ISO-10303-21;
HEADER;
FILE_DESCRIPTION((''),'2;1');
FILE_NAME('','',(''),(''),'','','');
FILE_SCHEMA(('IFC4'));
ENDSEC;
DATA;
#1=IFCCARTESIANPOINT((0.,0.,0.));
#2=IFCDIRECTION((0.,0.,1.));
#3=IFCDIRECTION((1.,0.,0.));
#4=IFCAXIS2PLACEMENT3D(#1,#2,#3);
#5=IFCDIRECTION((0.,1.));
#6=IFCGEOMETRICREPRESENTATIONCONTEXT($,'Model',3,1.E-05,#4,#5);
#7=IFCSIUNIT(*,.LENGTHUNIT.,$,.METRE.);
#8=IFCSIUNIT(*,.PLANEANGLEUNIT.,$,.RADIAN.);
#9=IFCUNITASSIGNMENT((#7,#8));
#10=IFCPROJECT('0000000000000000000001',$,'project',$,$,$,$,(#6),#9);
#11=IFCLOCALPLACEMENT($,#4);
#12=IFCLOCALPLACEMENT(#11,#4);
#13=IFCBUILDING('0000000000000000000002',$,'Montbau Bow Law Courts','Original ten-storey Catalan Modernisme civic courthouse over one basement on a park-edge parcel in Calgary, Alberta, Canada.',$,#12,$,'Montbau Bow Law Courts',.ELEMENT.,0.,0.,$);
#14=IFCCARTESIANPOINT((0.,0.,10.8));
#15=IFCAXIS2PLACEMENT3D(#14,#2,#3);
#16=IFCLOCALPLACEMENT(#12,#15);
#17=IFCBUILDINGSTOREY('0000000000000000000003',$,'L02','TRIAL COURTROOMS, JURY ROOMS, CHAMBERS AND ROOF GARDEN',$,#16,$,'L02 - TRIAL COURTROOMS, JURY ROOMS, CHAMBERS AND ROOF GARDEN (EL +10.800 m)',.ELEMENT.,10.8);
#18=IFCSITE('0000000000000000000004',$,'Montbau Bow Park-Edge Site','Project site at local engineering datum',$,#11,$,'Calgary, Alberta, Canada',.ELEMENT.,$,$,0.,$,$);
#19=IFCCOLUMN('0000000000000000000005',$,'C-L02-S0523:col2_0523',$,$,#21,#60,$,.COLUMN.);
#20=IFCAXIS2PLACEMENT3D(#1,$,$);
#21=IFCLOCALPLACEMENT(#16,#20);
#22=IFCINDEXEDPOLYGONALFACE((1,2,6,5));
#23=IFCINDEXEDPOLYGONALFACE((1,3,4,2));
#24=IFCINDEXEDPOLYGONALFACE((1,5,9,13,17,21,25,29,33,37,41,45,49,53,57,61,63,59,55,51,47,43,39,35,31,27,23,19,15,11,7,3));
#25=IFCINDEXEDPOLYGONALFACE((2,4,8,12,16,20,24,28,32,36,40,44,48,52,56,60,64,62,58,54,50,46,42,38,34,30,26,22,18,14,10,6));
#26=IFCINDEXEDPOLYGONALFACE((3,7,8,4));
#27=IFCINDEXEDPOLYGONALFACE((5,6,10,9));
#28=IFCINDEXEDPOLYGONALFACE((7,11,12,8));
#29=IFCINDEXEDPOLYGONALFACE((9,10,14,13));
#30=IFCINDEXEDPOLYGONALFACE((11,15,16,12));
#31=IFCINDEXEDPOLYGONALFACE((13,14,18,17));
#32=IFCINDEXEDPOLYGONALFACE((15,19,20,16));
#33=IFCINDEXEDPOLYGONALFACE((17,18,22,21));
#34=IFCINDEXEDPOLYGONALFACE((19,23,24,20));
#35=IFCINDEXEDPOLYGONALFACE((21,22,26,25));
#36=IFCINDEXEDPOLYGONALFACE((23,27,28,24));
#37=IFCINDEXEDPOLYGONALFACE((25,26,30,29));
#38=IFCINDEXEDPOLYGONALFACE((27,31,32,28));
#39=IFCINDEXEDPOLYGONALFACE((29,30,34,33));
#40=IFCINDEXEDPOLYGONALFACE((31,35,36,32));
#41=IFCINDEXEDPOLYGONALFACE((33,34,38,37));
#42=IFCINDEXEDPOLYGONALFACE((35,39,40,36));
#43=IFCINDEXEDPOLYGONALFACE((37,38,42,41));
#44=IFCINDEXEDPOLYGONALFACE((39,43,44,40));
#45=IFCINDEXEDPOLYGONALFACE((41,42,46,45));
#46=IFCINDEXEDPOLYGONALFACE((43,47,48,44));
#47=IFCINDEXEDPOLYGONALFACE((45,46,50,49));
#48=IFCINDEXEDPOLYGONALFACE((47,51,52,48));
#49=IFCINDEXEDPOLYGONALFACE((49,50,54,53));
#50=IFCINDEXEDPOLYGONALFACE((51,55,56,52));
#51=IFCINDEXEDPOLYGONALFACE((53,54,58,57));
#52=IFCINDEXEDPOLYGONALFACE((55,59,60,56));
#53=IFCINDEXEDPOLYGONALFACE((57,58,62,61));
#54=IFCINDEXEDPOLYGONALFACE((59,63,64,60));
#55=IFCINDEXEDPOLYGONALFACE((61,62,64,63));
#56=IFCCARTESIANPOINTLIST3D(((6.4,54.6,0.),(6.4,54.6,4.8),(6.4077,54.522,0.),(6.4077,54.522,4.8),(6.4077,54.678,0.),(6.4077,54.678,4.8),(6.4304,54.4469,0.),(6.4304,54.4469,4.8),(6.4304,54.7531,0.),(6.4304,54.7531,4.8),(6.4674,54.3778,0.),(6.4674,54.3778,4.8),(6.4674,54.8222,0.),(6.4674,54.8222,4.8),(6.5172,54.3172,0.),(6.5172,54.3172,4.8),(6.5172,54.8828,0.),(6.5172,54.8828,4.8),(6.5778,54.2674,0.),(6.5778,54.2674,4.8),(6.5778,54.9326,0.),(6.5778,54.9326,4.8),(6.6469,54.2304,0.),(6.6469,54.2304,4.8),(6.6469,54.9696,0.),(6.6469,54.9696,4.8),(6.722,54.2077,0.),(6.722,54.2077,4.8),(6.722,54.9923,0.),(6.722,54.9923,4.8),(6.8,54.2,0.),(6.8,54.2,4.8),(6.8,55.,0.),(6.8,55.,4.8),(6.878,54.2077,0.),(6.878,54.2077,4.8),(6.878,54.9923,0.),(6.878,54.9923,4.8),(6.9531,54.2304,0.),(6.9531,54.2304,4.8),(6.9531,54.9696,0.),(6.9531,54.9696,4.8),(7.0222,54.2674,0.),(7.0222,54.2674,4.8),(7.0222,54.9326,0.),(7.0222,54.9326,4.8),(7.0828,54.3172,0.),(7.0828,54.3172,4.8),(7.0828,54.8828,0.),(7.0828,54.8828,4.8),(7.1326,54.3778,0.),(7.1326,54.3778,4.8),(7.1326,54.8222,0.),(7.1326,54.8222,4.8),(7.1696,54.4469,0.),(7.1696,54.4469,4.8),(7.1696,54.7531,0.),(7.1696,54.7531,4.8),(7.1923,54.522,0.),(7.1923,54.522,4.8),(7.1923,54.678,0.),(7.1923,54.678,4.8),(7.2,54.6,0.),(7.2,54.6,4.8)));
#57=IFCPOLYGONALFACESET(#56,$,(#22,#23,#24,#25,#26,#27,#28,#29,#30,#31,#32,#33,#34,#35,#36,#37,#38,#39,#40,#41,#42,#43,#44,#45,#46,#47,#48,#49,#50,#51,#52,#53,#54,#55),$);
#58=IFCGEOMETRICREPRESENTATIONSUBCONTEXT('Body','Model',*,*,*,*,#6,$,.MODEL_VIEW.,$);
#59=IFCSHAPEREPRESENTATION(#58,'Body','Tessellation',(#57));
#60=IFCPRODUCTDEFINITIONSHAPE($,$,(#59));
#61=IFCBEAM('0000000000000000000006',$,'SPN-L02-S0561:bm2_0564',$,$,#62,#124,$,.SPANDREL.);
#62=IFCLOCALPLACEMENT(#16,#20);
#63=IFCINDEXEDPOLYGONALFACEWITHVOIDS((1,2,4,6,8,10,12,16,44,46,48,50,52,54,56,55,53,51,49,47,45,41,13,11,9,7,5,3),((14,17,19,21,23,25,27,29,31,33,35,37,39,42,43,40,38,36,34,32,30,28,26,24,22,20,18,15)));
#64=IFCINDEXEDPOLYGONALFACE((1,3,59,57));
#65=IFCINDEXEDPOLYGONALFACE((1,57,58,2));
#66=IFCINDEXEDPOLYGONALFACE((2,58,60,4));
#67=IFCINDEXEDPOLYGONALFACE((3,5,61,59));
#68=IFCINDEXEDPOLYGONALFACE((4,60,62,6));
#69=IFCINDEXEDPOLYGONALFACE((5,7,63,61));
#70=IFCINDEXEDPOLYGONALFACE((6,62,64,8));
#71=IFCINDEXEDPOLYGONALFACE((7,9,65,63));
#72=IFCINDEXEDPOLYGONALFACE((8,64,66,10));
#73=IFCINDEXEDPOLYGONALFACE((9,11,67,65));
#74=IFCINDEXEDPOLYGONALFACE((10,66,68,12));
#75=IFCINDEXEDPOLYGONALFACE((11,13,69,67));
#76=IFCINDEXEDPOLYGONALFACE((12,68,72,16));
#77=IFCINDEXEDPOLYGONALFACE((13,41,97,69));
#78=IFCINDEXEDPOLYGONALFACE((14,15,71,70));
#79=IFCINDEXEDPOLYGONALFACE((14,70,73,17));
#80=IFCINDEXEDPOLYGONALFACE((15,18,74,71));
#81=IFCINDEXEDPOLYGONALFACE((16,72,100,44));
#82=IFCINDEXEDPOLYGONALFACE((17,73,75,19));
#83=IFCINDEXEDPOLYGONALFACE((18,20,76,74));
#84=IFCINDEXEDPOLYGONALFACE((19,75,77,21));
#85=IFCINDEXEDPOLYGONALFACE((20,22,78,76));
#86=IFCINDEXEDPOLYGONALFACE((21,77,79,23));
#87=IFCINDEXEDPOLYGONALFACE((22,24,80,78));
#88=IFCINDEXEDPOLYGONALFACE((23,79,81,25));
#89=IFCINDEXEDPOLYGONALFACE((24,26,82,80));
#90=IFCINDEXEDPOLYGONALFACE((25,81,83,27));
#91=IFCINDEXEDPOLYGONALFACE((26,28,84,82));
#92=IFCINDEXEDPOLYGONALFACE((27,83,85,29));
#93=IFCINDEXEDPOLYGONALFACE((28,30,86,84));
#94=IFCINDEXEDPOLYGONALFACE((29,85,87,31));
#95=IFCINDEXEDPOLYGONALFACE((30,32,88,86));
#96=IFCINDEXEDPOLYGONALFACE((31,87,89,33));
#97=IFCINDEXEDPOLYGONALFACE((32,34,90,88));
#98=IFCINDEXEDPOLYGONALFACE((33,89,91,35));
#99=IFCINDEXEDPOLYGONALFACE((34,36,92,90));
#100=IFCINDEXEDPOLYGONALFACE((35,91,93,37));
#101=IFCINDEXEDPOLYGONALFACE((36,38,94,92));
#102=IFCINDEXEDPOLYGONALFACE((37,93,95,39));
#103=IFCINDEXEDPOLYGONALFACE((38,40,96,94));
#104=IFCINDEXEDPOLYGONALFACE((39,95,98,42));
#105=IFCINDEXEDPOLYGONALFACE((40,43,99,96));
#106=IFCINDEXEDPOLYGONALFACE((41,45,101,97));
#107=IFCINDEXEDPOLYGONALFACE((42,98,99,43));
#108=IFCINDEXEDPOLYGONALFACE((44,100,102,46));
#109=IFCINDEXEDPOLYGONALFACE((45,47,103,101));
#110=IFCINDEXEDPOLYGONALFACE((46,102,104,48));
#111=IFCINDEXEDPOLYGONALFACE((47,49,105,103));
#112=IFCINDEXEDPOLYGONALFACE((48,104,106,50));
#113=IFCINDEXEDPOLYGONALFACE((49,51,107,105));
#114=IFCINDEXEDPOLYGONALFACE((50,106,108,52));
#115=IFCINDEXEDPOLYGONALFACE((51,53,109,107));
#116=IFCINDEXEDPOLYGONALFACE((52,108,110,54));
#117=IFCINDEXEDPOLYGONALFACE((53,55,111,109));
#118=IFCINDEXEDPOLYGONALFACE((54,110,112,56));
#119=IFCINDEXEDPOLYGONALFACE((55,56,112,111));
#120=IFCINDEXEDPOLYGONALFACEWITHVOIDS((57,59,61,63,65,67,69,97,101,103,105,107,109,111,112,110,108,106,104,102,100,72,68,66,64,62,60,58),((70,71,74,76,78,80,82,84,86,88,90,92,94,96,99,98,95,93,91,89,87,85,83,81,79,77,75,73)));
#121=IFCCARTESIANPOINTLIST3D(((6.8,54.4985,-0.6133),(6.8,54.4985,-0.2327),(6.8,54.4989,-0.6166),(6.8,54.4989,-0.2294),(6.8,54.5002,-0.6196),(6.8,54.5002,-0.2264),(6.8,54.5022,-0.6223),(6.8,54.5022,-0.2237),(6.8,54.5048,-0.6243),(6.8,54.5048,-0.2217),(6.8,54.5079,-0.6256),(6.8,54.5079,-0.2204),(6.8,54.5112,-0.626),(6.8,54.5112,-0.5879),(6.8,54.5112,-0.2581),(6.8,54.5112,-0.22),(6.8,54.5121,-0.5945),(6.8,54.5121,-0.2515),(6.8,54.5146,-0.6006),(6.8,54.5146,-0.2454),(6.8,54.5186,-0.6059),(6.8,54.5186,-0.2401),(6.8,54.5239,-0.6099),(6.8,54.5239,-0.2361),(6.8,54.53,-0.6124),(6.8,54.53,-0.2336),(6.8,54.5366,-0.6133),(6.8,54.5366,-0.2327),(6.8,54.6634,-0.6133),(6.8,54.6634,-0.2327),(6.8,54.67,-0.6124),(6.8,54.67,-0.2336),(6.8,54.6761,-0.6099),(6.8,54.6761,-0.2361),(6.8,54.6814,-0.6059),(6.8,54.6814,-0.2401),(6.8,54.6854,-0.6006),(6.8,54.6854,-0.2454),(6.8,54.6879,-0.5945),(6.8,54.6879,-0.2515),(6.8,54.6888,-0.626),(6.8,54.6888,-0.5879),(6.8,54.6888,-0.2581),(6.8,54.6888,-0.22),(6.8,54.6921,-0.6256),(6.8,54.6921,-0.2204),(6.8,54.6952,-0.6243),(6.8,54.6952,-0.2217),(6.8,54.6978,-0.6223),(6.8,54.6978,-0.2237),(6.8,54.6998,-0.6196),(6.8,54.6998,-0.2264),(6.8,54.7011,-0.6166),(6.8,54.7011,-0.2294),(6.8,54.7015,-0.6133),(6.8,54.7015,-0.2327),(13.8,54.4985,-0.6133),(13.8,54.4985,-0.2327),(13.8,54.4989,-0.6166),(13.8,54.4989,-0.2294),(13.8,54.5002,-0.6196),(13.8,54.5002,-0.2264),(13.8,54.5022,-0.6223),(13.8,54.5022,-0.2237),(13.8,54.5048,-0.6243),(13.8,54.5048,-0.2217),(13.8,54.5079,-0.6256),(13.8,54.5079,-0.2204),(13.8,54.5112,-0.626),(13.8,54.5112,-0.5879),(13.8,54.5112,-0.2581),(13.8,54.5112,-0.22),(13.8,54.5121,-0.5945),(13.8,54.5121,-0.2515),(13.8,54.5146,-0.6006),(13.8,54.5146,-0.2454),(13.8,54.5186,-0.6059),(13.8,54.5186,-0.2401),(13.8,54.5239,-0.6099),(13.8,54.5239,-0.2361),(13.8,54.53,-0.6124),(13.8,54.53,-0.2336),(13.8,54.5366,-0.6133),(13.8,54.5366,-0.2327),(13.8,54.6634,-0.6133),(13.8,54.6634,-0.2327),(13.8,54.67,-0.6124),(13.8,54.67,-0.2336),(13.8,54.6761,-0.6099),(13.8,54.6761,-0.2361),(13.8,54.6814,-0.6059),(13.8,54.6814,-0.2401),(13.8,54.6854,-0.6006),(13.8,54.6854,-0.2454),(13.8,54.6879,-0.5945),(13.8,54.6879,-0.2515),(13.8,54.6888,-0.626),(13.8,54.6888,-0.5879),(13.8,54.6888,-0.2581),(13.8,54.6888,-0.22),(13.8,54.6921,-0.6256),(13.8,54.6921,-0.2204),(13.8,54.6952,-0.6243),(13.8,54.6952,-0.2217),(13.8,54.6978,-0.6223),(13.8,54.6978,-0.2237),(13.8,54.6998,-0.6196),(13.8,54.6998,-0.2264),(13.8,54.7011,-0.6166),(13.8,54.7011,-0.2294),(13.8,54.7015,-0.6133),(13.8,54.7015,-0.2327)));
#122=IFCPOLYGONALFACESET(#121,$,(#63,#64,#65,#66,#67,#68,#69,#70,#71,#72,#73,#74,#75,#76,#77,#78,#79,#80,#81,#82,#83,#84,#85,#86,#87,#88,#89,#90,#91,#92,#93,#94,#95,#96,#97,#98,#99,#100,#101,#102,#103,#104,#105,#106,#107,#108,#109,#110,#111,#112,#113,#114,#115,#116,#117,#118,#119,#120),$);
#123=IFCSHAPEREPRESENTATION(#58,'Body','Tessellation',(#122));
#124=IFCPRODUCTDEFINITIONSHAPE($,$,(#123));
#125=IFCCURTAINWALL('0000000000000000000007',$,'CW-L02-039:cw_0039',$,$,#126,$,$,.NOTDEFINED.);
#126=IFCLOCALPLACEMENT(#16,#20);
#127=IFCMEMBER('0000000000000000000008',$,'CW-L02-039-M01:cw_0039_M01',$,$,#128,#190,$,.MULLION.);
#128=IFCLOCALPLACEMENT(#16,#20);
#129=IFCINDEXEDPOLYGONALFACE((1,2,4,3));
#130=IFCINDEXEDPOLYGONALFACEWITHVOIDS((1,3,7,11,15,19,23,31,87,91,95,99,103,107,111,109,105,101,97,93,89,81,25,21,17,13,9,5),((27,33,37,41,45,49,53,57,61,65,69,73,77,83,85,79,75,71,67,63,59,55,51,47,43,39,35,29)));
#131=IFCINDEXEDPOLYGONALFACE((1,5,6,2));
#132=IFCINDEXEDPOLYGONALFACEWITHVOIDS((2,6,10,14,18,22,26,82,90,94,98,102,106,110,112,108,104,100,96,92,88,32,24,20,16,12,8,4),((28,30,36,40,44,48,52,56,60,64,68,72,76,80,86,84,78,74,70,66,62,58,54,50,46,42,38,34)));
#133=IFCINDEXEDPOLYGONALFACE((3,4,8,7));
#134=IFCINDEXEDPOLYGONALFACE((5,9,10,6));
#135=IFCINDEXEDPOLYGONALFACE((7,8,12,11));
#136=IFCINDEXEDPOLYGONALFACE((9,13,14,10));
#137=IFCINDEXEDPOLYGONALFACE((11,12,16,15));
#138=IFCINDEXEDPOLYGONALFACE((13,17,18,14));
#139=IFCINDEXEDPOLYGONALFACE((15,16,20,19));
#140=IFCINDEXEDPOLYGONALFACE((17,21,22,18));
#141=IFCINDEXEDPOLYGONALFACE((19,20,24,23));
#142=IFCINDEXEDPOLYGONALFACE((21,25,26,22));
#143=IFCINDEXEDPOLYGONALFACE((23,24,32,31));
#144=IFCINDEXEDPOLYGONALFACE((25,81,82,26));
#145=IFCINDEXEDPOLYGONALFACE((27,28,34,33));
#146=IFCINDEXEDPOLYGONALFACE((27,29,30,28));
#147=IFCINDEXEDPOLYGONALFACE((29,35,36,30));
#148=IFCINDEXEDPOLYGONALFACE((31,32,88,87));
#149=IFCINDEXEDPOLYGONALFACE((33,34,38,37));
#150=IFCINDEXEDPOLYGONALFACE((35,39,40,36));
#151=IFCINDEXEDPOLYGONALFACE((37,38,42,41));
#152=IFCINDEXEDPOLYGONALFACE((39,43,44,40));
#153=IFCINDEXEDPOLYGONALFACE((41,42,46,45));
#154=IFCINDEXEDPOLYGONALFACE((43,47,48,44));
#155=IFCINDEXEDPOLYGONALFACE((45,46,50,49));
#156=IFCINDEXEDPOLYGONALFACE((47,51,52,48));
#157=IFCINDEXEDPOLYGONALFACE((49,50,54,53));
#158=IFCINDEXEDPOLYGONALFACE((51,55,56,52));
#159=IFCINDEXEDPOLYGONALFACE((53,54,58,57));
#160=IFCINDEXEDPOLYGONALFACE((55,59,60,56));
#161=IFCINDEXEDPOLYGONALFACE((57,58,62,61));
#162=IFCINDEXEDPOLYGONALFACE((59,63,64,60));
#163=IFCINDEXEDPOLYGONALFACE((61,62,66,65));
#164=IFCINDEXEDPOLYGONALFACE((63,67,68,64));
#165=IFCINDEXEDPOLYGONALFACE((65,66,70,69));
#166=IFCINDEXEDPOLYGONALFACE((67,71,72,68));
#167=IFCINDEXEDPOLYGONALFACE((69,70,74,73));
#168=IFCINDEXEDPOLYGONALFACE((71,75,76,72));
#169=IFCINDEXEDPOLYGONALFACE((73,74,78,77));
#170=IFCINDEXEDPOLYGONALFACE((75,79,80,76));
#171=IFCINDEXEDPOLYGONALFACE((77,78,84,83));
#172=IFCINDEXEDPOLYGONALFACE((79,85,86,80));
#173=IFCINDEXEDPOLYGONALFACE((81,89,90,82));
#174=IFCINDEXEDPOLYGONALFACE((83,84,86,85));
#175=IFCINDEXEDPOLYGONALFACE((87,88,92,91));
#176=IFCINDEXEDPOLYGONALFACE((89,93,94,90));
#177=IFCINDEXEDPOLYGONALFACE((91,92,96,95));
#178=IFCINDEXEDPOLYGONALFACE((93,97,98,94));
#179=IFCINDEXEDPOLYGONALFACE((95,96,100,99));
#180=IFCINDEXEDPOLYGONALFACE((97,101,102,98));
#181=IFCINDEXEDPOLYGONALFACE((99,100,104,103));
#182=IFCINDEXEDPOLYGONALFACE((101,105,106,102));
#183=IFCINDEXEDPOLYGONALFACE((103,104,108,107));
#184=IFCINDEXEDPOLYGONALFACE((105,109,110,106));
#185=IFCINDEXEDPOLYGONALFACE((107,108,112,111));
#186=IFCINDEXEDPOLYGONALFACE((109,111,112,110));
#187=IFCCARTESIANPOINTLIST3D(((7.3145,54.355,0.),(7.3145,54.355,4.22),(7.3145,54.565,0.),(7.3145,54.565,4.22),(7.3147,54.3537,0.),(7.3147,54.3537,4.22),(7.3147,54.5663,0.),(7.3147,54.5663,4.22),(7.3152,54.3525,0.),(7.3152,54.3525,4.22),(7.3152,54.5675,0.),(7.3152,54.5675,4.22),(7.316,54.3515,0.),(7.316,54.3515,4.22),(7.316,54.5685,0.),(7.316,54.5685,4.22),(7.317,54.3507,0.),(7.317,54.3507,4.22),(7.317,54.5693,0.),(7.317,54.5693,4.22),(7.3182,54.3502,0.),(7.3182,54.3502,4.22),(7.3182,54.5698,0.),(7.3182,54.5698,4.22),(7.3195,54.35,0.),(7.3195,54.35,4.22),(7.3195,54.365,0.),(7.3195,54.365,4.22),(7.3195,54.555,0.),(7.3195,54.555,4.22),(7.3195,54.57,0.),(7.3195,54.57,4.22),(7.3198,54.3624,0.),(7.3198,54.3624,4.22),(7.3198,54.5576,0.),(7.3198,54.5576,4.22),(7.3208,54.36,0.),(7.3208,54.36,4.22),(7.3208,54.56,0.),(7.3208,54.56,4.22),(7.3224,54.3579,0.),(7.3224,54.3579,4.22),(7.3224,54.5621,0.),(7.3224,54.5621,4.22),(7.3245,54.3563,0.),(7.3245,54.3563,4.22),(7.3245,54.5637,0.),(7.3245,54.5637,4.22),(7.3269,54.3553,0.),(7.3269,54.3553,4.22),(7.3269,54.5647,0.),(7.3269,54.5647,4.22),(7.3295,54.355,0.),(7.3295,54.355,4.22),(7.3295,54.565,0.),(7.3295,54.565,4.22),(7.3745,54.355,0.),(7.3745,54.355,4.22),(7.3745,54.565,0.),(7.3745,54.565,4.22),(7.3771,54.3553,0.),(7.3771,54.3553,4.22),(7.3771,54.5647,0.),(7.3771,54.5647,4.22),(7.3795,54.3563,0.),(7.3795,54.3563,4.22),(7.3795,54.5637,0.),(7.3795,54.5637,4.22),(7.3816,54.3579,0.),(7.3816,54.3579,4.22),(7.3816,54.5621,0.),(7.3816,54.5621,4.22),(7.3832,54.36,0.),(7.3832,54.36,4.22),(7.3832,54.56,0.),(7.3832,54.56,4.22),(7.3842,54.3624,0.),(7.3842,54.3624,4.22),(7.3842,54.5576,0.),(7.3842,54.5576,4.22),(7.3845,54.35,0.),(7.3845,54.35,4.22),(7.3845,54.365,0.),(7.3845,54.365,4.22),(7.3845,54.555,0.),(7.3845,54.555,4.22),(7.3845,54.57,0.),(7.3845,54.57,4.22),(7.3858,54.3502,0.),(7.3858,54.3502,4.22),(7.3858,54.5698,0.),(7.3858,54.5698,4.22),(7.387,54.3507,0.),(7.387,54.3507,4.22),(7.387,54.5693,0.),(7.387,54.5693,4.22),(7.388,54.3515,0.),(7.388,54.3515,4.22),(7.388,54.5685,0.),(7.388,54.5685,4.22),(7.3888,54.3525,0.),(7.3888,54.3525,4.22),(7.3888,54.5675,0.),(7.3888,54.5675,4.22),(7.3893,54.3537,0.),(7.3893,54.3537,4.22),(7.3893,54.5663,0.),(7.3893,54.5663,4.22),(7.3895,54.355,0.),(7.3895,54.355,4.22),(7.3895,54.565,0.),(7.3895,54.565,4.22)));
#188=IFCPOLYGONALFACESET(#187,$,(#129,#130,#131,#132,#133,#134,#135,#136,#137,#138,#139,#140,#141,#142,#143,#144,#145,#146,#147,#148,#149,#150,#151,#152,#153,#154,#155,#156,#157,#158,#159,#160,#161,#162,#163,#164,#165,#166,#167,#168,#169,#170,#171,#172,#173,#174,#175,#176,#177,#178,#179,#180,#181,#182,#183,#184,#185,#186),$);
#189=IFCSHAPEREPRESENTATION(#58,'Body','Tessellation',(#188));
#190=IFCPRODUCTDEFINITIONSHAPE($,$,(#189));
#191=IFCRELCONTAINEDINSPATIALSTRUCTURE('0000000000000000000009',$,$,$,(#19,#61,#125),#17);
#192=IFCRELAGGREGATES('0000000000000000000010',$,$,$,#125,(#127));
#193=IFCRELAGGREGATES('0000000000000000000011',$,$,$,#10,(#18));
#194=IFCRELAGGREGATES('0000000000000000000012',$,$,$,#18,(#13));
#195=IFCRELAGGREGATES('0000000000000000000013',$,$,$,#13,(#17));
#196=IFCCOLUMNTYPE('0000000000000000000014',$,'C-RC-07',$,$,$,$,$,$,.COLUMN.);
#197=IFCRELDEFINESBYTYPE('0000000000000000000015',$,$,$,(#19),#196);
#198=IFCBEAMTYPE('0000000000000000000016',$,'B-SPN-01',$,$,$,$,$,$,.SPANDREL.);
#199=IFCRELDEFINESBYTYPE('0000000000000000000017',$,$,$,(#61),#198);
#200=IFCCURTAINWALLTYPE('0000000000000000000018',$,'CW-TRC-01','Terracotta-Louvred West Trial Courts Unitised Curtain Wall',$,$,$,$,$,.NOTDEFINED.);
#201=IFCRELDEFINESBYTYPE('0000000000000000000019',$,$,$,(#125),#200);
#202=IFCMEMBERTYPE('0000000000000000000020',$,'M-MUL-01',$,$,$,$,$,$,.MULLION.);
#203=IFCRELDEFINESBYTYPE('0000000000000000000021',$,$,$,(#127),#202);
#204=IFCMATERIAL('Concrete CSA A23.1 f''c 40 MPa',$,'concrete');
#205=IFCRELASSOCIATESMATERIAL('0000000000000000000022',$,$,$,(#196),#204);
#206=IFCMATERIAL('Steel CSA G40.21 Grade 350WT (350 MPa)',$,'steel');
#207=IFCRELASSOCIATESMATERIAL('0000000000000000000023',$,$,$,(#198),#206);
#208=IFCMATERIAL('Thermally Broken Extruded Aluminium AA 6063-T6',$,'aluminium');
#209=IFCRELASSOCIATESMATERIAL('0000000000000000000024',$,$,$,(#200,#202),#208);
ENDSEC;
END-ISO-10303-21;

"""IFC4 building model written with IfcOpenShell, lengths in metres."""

from ifc_helpers import new_model, si_unit, direction, frame, origin_with_axes, origin_2d_with_axis, place, context, subcontext, project, spatial, hollow_rectangle, circle, extrude, material, material_profile, profile_set, type_object, element, aggregate, save


model = new_model("IFC4")

# Units and contexts
model_context = context("Model", 3, precision=1e-05, world=origin_with_axes(), true_north=direction((0.0, 1.0)))
body_context = subcontext(model_context, "Body", "Model", "MODEL_VIEW")
ifc_project = project(units=[si_unit("LENGTHUNIT", "METRE"), si_unit("PLANEANGLEUNIT", "RADIAN")], contexts=[model_context])

# Site, building, storey
site_placement = place(None, origin_with_axes())
site = spatial("IfcSite", under=ifc_project, at=site_placement, Name="Montbau Bow Park-Edge Site", Description="Project site at local engineering datum", LongName="Calgary, Alberta, Canada", CompositionType="ELEMENT", RefElevation=0.0)
building_placement = place(site_placement, origin_with_axes())
building = spatial("IfcBuilding", under=site, at=building_placement, Name="Montbau Bow Law Courts", Description="Original ten-storey Catalan Modernisme civic courthouse over one basement on a park-edge parcel in Calgary, Alberta, Canada.", LongName="Montbau Bow Law Courts", CompositionType="ELEMENT", ElevationOfRefHeight=0.0, ElevationOfTerrain=0.0)
storey_placement = place(building_placement, frame((0.0, 0.0, 10.8), z_axis=(0.0, 0.0, 1.0), x_axis=(1.0, 0.0, 0.0)))
storey = spatial("IfcBuildingStorey", under=building, at=storey_placement, Name="L02", Description="TRIAL COURTROOMS, JURY ROOMS, CHAMBERS AND ROOF GARDEN", LongName="L02 - TRIAL COURTROOMS, JURY ROOMS, CHAMBERS AND ROOF GARDEN (EL +10.800 m)", CompositionType="ELEMENT", Elevation=10.8)

# Column
ifc_material_1 = material(Name="Concrete CSA A23.1 f'c 40 MPa", Category="concrete")
ifc_material_profile_1 = material_profile(ifc_material_1, circle(Radius=0.4, at=origin_2d_with_axis()), Name="RC800D", Category="Main", Priority=0)
ifc_profile_set_1 = profile_set([ifc_material_profile_1], Name="Concrete CSA A23.1 f'c 40 MPa")
column_type = type_object("IfcColumnType", Name="C-RC-07", PredefinedType="COLUMN", material=ifc_profile_set_1)
column_placement = place(None, frame((6.8, 54.6, 10.8), z_axis=(0.0, 0.0, 1.0), x_axis=(1.0, 0.0, 0.0)))
element("IfcColumn", 1, at=column_placement, inside=storey, type_object=column_type, Name="C-L02-S0523:col2_0523", PredefinedType="COLUMN", context=body_context, shape_type="SweptSolid", body=[
    extrude(circle(Radius=0.4, at=origin_2d_with_axis()), origin_with_axes(), (0.0, 0.0, 1.0), 4.8),
])

# Beam
ifc_material_2 = material(Name="Steel CSA G40.21 Grade 350WT (350 MPa)", Category="steel")
ifc_material_profile_2 = material_profile(ifc_material_2, hollow_rectangle(XDim=0.203, YDim=0.406, WallThickness=0.0127, InnerFilletRadius=0.0254, OuterFilletRadius=0.0127, at=origin_2d_with_axis()), Name="HSS406X203X13", Category="Main", Priority=0)
ifc_profile_set_2 = profile_set([ifc_material_profile_2], Name="Steel CSA G40.21 Grade 350WT (350 MPa)")
beam_type = type_object("IfcBeamType", Name="B-SPN-01", PredefinedType="SPANDREL", material=ifc_profile_set_2)
beam_placement = place(None, frame((6.8, 54.6, 10.377), z_axis=(1.0, 0.0, 0.0), x_axis=(0.0, 1.0, 0.0)))
element("IfcBeam", 2, at=beam_placement, inside=storey, type_object=beam_type, Name="SPN-L02-S0561:bm2_0564", PredefinedType="SPANDREL", context=body_context, shape_type="SweptSolid", body=[
    extrude(hollow_rectangle(XDim=0.203, YDim=0.406, WallThickness=0.0127, InnerFilletRadius=0.0254, OuterFilletRadius=0.0127, at=origin_2d_with_axis()), origin_with_axes(), (0.0, 0.0, 1.0), 7.0),
])

# Curtain wall, member
ifc_material_3 = material(Name="Thermally Broken Extruded Aluminium AA 6063-T6", Category="aluminium")
curtain_wall_type = type_object("IfcCurtainWallType", Name="CW-TRC-01", Description="Terracotta-Louvred West Trial Courts Unitised Curtain Wall", PredefinedType="NOTDEFINED", material=ifc_material_3)
curtain_wall_1_placement = place(None, frame((7.315, 54.46, 10.8), z_axis=(0.0, 0.0, 1.0), x_axis=(1.0, 0.0, 0.0)))
curtain_wall_1 = element("IfcCurtainWall", 3, at=curtain_wall_1_placement, inside=storey, type_object=curtain_wall_type, Name="CW-L02-039:cw_0039", PredefinedType="NOTDEFINED")
ifc_material_profile_3 = material_profile(ifc_material_3, hollow_rectangle(XDim=0.075, YDim=0.22, WallThickness=0.005, InnerFilletRadius=0.01, OuterFilletRadius=0.005, at=origin_2d_with_axis()), Name="CWM-220X75", Category="Main", Priority=0)
ifc_profile_set_3 = profile_set([ifc_material_profile_3], Name="Thermally Broken Extruded Aluminium AA 6063-T6")
member_type_1 = type_object("IfcMemberType", Name="M-MUL-01", PredefinedType="MULLION", material=ifc_profile_set_3)
member_1_placement = place(None, frame((7.352, 54.46, 10.8), z_axis=(0.0, 0.0, 1.0), x_axis=(1.0, 0.0, 0.0)))
member_1 = element("IfcMember", 4, at=member_1_placement, type_object=member_type_1, Name="CW-L02-039-M01:cw_0039_M01", PredefinedType="MULLION", context=body_context, shape_type="SweptSolid", body=[
    extrude(hollow_rectangle(XDim=0.075, YDim=0.22, WallThickness=0.005, InnerFilletRadius=0.01, OuterFilletRadius=0.005, at=origin_2d_with_axis()), origin_with_axes(), (0.0, 0.0, 1.0), 4.22),
])

aggregate(curtain_wall_1, [member_1])

save(model, "model.ifc")
